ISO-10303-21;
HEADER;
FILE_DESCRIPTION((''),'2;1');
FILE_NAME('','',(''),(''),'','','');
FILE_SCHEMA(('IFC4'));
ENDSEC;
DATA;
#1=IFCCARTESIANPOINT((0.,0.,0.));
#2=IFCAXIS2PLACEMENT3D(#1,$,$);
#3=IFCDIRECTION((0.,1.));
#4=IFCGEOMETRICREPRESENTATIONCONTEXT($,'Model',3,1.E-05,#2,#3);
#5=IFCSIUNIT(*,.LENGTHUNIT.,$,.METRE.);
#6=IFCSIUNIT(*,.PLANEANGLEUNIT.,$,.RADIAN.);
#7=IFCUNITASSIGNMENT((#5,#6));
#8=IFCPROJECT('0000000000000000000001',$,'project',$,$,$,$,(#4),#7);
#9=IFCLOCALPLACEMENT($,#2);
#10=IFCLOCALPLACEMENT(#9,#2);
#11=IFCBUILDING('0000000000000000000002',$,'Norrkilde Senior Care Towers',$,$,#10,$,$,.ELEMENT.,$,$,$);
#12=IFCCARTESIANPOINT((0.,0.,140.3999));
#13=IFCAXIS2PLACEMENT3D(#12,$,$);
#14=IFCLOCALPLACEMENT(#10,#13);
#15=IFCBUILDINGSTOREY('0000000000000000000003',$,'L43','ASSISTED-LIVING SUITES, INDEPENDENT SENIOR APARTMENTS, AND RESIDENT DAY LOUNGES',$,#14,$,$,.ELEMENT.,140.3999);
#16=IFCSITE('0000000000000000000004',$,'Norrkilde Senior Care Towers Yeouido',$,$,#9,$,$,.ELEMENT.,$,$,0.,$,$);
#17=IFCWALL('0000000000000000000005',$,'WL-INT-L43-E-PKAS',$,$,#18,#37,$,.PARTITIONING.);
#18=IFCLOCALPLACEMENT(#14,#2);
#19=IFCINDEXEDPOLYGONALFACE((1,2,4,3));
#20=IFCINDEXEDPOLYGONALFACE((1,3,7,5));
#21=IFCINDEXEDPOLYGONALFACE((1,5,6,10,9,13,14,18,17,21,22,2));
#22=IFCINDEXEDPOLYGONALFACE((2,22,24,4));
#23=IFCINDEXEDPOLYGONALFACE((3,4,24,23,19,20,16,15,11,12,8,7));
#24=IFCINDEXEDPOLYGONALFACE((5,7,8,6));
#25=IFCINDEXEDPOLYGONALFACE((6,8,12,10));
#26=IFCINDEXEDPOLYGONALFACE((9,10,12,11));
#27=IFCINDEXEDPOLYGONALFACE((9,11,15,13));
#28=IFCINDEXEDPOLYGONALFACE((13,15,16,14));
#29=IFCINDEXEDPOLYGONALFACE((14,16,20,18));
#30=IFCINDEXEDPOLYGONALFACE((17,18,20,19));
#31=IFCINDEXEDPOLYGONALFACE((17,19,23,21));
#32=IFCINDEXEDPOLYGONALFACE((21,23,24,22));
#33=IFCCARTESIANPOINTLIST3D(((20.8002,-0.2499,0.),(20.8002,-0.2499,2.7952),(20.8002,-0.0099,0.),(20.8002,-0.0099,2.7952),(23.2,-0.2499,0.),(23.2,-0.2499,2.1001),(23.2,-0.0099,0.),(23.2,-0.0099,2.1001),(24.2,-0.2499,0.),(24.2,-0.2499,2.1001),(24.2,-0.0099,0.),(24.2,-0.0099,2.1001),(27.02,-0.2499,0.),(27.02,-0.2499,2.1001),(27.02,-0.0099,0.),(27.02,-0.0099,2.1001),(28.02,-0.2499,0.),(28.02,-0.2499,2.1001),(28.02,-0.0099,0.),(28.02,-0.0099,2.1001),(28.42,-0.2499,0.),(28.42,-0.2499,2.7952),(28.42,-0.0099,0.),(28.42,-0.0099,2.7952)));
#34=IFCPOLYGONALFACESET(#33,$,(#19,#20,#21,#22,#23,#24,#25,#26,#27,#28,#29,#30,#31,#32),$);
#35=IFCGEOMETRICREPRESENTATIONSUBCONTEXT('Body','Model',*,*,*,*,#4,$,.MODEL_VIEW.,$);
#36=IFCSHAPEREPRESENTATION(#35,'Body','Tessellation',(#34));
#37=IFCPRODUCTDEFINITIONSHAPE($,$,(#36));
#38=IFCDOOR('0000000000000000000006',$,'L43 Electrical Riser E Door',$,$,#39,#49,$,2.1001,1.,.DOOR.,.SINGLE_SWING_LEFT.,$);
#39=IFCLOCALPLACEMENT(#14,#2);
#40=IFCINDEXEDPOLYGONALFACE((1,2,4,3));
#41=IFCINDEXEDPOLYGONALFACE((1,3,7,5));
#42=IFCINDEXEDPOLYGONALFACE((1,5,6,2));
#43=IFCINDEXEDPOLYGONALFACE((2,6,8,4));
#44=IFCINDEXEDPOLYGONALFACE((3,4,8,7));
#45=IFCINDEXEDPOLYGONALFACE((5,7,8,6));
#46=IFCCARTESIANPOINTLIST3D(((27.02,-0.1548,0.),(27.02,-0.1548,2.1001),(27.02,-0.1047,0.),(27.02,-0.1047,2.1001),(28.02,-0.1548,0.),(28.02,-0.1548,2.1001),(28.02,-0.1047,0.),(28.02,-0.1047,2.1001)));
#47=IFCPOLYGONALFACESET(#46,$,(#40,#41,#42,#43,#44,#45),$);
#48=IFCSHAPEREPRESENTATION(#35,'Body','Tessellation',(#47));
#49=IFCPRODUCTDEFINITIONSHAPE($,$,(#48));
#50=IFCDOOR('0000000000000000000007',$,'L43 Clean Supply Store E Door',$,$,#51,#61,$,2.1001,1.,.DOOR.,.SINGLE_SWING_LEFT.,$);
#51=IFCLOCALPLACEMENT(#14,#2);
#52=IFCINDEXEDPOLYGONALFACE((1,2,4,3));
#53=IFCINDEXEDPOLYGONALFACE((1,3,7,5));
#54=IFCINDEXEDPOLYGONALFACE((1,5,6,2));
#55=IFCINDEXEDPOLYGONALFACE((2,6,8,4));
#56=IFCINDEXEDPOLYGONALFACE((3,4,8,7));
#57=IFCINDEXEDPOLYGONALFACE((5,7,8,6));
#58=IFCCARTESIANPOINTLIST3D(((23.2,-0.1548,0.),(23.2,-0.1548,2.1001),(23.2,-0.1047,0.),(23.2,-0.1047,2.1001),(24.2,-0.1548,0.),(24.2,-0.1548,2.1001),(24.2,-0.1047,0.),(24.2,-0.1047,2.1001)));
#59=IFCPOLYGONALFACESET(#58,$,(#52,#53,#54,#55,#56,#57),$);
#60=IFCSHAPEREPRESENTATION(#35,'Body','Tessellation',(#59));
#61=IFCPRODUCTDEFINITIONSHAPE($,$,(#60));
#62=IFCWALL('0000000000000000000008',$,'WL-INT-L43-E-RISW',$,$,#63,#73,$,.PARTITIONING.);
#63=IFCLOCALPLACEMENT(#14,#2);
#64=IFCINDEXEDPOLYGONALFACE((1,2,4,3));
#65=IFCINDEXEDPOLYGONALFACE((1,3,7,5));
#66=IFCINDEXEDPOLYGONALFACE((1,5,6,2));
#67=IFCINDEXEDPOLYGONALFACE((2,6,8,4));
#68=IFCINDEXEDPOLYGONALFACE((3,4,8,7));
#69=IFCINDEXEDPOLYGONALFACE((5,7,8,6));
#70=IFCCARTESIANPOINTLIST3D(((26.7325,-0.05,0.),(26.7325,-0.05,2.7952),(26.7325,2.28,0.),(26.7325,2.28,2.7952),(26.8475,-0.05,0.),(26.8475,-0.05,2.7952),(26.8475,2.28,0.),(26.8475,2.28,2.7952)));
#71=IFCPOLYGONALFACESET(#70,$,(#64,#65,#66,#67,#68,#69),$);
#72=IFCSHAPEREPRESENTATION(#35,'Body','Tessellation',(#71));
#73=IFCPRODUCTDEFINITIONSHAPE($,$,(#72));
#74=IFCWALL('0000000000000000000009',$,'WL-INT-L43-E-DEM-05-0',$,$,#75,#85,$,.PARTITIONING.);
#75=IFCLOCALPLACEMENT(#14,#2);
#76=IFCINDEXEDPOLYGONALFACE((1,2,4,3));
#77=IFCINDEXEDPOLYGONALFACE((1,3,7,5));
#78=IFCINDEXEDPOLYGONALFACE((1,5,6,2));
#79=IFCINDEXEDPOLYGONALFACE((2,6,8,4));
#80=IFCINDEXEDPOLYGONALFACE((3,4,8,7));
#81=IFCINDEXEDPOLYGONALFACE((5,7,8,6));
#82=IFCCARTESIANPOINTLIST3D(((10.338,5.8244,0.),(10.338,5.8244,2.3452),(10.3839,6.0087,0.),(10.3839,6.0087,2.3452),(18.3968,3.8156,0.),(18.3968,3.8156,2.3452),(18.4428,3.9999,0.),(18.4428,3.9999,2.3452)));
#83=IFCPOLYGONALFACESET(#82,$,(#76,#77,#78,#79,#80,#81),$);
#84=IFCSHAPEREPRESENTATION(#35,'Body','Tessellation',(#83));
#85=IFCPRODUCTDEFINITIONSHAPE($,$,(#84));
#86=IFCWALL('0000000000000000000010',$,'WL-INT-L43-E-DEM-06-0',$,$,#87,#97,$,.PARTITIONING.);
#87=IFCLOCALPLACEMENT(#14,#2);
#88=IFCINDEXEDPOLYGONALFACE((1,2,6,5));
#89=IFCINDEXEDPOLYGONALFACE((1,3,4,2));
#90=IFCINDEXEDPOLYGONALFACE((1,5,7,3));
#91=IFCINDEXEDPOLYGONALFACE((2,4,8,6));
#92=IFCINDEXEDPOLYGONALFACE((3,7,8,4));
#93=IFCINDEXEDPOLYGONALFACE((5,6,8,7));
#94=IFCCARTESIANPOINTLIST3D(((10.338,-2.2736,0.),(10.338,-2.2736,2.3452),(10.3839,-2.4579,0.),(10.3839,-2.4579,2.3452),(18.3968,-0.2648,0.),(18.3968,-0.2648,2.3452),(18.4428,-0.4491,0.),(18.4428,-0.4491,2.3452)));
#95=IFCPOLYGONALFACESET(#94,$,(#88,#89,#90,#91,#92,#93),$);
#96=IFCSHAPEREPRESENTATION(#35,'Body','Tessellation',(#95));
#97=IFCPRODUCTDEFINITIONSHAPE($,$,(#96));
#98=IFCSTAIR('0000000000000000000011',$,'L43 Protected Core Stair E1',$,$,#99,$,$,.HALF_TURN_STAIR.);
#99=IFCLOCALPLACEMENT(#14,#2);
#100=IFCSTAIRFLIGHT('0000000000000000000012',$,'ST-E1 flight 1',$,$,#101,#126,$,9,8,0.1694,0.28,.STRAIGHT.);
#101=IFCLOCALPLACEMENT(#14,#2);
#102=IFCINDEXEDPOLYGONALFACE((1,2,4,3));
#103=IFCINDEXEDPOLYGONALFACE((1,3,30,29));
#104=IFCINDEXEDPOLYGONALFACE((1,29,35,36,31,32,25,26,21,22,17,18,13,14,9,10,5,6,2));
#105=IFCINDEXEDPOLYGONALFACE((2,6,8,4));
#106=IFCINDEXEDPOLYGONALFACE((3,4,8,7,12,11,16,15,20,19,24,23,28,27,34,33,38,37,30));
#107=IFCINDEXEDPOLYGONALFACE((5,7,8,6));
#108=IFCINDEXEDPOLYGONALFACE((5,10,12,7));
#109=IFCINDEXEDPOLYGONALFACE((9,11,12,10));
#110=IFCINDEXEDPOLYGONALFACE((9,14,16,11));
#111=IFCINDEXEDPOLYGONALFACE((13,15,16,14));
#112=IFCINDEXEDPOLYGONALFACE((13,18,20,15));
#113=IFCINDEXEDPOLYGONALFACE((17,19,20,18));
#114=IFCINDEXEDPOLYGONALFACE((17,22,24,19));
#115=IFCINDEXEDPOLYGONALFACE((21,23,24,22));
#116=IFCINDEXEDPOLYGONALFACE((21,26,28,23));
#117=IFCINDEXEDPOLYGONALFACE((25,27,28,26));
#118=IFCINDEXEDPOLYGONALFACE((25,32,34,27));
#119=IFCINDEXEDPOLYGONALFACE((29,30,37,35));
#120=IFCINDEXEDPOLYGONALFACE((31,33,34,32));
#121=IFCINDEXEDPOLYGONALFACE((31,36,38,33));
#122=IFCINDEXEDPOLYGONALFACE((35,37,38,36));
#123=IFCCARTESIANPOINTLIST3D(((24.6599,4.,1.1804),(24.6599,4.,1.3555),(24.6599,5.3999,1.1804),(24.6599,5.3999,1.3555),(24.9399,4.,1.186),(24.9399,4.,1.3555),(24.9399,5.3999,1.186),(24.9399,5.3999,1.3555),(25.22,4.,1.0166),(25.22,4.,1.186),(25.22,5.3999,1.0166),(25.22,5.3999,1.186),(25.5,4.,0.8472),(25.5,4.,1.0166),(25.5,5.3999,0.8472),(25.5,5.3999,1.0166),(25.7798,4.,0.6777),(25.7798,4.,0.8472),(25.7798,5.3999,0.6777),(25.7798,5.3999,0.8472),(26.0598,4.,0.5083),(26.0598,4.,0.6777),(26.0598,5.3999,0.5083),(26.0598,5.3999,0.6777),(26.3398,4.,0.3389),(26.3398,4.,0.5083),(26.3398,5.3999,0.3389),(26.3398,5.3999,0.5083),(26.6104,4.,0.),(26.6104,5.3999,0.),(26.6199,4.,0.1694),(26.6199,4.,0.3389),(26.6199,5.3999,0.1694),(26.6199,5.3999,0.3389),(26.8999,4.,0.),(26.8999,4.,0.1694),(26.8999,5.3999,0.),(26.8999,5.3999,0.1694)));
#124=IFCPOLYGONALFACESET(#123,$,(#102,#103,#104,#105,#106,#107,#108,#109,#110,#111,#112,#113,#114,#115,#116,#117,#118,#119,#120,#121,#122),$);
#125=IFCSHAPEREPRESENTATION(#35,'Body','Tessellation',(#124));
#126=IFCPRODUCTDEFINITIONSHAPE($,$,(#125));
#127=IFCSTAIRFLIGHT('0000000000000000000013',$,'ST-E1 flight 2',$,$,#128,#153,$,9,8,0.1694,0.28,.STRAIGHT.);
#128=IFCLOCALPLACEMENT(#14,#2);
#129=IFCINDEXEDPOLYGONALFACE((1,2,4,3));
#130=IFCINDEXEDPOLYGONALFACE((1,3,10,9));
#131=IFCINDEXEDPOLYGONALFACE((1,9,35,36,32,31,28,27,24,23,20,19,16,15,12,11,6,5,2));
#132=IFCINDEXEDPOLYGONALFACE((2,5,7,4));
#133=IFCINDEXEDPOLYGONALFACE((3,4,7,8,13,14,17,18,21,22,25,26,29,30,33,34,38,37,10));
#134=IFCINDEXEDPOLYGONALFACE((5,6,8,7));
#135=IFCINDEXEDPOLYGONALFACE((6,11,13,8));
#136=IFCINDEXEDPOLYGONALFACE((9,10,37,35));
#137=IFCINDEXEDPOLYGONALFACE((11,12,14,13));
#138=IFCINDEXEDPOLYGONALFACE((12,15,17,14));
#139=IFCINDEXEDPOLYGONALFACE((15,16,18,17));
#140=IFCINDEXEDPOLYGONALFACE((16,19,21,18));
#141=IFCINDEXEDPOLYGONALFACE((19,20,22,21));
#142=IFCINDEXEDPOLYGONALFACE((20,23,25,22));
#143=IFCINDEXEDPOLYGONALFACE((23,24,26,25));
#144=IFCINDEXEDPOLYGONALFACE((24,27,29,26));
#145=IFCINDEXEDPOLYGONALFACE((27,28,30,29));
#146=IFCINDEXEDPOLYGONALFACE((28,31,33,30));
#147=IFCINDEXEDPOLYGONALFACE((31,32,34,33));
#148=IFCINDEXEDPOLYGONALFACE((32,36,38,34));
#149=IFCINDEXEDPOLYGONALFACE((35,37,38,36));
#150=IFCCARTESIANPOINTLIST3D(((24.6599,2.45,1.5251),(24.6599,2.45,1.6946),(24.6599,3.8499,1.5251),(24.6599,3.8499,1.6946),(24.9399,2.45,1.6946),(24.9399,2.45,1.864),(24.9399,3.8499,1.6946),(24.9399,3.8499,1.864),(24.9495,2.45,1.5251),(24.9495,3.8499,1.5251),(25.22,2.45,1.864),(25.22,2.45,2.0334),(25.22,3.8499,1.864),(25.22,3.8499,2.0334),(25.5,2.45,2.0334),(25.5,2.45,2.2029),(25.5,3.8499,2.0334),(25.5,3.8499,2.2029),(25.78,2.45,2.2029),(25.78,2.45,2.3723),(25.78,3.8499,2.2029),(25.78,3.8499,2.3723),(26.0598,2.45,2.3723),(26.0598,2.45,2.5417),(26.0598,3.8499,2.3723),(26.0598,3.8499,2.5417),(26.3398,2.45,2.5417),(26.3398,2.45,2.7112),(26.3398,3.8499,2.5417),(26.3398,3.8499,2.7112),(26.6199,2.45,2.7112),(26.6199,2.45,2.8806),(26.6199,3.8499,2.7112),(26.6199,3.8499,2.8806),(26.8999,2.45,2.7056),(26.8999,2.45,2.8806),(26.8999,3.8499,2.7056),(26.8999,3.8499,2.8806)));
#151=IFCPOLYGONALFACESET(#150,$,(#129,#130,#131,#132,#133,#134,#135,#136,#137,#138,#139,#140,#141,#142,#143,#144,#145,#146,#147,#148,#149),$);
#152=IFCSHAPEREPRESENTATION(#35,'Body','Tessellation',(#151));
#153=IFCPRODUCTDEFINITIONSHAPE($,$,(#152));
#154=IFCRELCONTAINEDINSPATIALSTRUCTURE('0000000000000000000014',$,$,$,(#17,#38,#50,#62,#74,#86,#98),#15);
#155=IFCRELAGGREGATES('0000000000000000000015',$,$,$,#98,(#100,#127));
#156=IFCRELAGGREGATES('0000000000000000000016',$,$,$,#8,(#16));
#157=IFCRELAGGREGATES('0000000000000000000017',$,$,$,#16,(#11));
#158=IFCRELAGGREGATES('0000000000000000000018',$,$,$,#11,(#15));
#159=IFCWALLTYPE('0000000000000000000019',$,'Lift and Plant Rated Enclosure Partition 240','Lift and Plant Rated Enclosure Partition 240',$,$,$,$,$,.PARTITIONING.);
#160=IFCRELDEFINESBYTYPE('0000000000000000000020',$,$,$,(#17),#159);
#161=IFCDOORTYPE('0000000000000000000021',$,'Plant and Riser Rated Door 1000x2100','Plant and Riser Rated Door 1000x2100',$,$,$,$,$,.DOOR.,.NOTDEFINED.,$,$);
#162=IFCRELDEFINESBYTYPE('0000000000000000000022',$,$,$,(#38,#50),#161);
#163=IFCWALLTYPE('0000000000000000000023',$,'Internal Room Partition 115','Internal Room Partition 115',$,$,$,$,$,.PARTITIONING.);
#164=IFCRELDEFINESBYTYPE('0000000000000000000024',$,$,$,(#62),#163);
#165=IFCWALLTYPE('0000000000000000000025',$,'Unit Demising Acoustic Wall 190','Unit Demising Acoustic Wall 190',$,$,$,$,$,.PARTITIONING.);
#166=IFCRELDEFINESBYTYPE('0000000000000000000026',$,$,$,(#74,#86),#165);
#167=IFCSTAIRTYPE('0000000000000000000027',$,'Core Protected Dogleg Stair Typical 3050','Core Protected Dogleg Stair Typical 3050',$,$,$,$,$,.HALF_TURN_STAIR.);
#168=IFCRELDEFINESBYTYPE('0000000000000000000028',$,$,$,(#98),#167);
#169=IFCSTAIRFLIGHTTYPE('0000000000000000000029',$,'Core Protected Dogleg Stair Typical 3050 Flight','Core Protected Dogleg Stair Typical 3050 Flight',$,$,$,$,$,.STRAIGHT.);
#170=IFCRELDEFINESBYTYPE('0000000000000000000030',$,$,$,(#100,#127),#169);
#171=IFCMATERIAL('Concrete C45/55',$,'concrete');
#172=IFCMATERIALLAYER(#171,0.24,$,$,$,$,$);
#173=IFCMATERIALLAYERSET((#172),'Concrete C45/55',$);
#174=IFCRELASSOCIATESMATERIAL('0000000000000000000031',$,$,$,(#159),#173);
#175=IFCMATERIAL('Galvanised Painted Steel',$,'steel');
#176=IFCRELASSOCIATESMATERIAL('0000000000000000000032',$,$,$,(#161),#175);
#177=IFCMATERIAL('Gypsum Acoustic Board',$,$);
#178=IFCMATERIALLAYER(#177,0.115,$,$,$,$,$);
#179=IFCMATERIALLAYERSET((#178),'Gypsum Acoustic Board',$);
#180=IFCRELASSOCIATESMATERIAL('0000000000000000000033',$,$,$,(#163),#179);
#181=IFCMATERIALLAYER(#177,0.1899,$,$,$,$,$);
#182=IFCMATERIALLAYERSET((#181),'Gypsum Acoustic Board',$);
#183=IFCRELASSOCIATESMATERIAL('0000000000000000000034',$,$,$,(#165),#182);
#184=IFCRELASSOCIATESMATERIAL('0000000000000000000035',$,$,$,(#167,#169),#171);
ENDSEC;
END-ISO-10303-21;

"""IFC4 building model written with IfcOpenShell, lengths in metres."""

from ifc_helpers import new_model, si_unit, direction, frame, frame_2d, origin, place, context, subcontext, project, spatial, polyline, rectangle, outline, extrude, source, transform, mapped, material, layer, layer_set, type_object, type_shapes, element, fill, aggregate, save


model = new_model("IFC4")

# Units and contexts
model_context = context("Model", 3, precision=1e-05, world=origin(), true_north=direction((0.0, 1.0)))
body_context = subcontext(model_context, "Body", "Model", "MODEL_VIEW")
ifc_project = project(units=[si_unit("LENGTHUNIT", "METRE"), si_unit("PLANEANGLEUNIT", "RADIAN")], contexts=[model_context])

# Site, building, storey
site_placement = place(None, origin())
site = spatial("IfcSite", under=ifc_project, at=site_placement, Name="Norrkilde Senior Care Towers Yeouido", CompositionType="ELEMENT", RefElevation=0.0)
building_placement = place(site_placement, origin())
building = spatial("IfcBuilding", under=site, at=building_placement, Name="Norrkilde Senior Care Towers", CompositionType="ELEMENT")
storey_placement = place(building_placement, frame((0.0, 0.0, 140.3999)))
storey = spatial("IfcBuildingStorey", under=building, at=storey_placement, Name="L43", Description="ASSISTED-LIVING SUITES, INDEPENDENT SENIOR APARTMENTS, AND RESIDENT DAY LOUNGES", CompositionType="ELEMENT", Elevation=140.3999)

# Shared definitions
ifc_material_1 = material(Name="Concrete C45/55", Category="concrete")

# Wall, openings, doors
ifc_layer_1 = layer(ifc_material_1, 0.24)
ifc_layer_set_1 = layer_set([ifc_layer_1], Name="Concrete C45/55")
wall_type_1 = type_object("IfcWallType", Name="Lift and Plant Rated Enclosure Partition 240", Description="Lift and Plant Rated Enclosure Partition 240", PredefinedType="PARTITIONING", material=ifc_layer_set_1)
shared_shape_1 = source(origin(), body_context, "Body", "SweptSolid", [
    extrude(rectangle(XDim=7.6199, YDim=0.24, at=frame_2d((3.8101, 0.0))), origin(), (0.0, 0.0, 1.0), 2.7952),
])
type_shapes(wall_type_1, [shared_shape_1])
wall_1_placement = place(storey_placement, frame((20.8, -0.1299, 0.0), z_axis=(0.0, 0.0, 1.0), x_axis=(1.0, 0.0, 0.0)))
wall_1 = element("IfcWall", 1, at=wall_1_placement, inside=storey, type_object=wall_type_1, Name="WL-INT-L43-E-PKAS", PredefinedType="PARTITIONING", context=body_context, shape_type="MappedRepresentation", body=[
    mapped(shared_shape_1, transform((0.0, 0.0, 0.0), x_axis=(1.0, 0.0, 0.0), y_axis=(0.0, 1.0, 0.0), z_axis=(0.0, 0.0, 1.0), scale=1.0)),
])
opening_1_placement = place(wall_1_placement, frame((6.22, 0.0, 0.0)))
opening_1 = element("IfcOpeningElement", 2, at=opening_1_placement, cuts=wall_1, PredefinedType="OPENING", context=body_context, shape_type="SweptSolid", body=[
    extrude(rectangle(XDim=1.0, YDim=2.1001, at=frame_2d((0.5, 1.05))), frame((0.0, 0.1299, 0.0), z_axis=(0.0, -1.0, 0.0), x_axis=(1.0, 0.0, 0.0)), (0.0, 0.0, 1.0), 0.26),
])
opening_2_placement = place(wall_1_placement, frame((2.3999, 0.0, 0.0)))
opening_2 = element("IfcOpeningElement", 3, at=opening_2_placement, cuts=wall_1, PredefinedType="OPENING", context=body_context, shape_type="SweptSolid", body=[
    extrude(rectangle(XDim=1.0, YDim=2.1001, at=frame_2d((0.5, 1.05))), frame((0.0, 0.1299, 0.0), z_axis=(0.0, -1.0, 0.0), x_axis=(1.0, 0.0, 0.0)), (0.0, 0.0, 1.0), 0.26),
])
ifc_material_2 = material(Name="Galvanised Painted Steel", Category="steel")
door_type = type_object("IfcDoorType", Name="Plant and Riser Rated Door 1000x2100", Description="Plant and Riser Rated Door 1000x2100", OperationType="NOTDEFINED", PredefinedType="DOOR", material=ifc_material_2)
shared_shape_2 = source(origin(), body_context, "Body", "SweptSolid", [
    extrude(rectangle(XDim=1.0, YDim=2.1001, at=frame_2d((0.5, 1.05))), frame((0.0, 0.0249, 0.0), z_axis=(0.0, -1.0, 0.0), x_axis=(1.0, 0.0, 0.0)), (0.0, 0.0, 1.0), 0.05),
])
type_shapes(door_type, [shared_shape_2])
door_1_placement = place(opening_1_placement, frame((1.0, 0.0, 0.0), z_axis=(0.0, 0.0, 1.0), x_axis=(-1.0, 0.0, 0.0)))
door_1 = element("IfcDoor", 4, at=door_1_placement, inside=storey, type_object=door_type, Name="L43 Electrical Riser E Door", OperationType="SINGLE_SWING_LEFT", OverallHeight=2.1001, OverallWidth=1.0, PredefinedType="DOOR", context=body_context, shape_type="MappedRepresentation", body=[
    mapped(shared_shape_2, transform((0.0, 0.0, 0.0), x_axis=(1.0, 0.0, 0.0), y_axis=(0.0, 1.0, 0.0), z_axis=(0.0, 0.0, 1.0), scale=1.0)),
])
fill(opening_1, door_1)
door_2_placement = place(opening_2_placement, frame((1.0, 0.0, 0.0), z_axis=(0.0, 0.0, 1.0), x_axis=(-1.0, 0.0, 0.0)))
door_2 = element("IfcDoor", 5, at=door_2_placement, inside=storey, type_object=door_type, Name="L43 Clean Supply Store E Door", OperationType="SINGLE_SWING_LEFT", OverallHeight=2.1001, OverallWidth=1.0, PredefinedType="DOOR", context=body_context, shape_type="MappedRepresentation", body=[
    mapped(shared_shape_2, transform((0.0, 0.0, 0.0), x_axis=(1.0, 0.0, 0.0), y_axis=(0.0, 1.0, 0.0), z_axis=(0.0, 0.0, 1.0), scale=1.0)),
])
fill(opening_2, door_2)

# Walls
ifc_material_3 = material(Name="Gypsum Acoustic Board")
ifc_layer_2 = layer(ifc_material_3, 0.115)
ifc_layer_set_2 = layer_set([ifc_layer_2], Name="Gypsum Acoustic Board")
wall_type_2 = type_object("IfcWallType", Name="Internal Room Partition 115", Description="Internal Room Partition 115", PredefinedType="PARTITIONING", material=ifc_layer_set_2)
shared_shape_3 = source(origin(), body_context, "Body", "SweptSolid", [
    extrude(rectangle(XDim=2.3301, YDim=0.115, at=frame_2d((1.165, 0.0))), origin(), (0.0, 0.0, 1.0), 2.7952),
])
type_shapes(wall_type_2, [shared_shape_3])
wall_2_placement = place(storey_placement, frame((26.79, -0.05, 0.0), z_axis=(0.0, 0.0, 1.0), x_axis=(0.0, 1.0, 0.0)))
element("IfcWall", 6, at=wall_2_placement, inside=storey, type_object=wall_type_2, Name="WL-INT-L43-E-RISW", PredefinedType="PARTITIONING", context=body_context, shape_type="MappedRepresentation", body=[
    mapped(shared_shape_3, transform((0.0, 0.0, 0.0), x_axis=(1.0, 0.0, 0.0), y_axis=(0.0, 1.0, 0.0), z_axis=(0.0, 0.0, 1.0), scale=1.0)),
])
ifc_layer_3 = layer(ifc_material_3, 0.1899)
ifc_layer_set_3 = layer_set([ifc_layer_3], Name="Gypsum Acoustic Board")
wall_type_3 = type_object("IfcWallType", Name="Unit Demising Acoustic Wall 190", Description="Unit Demising Acoustic Wall 190", PredefinedType="PARTITIONING", material=ifc_layer_set_3)
shared_shape_4 = source(origin(), body_context, "Body", "SweptSolid", [
    extrude(rectangle(XDim=8.3054, YDim=0.1899, at=frame_2d((4.1528, 0.0))), origin(), (0.0, 0.0, 1.0), 2.3452),
])
type_shapes(wall_type_3, [shared_shape_4])
for number, where, z_axis, x_axis, name in (
    (7, (18.4199, 3.9077, 0.0), (0.0, 0.0, 1.0), (-0.97031, 0.241865, 0.0), "WL-INT-L43-E-DEM-05-0"),
    (8, (18.4199, -0.3569, 0.0), (0.0, 0.0, 1.0), (-0.97031, -0.241865, 0.0), "WL-INT-L43-E-DEM-06-0"),
):
    element("IfcWall", number, at=place(storey_placement, frame(where, z_axis=z_axis, x_axis=x_axis)), inside=storey, type_object=wall_type_3, Name=name, PredefinedType="PARTITIONING", context=body_context, shape_type="MappedRepresentation", body=[
        mapped(shared_shape_4, transform((0.0, 0.0, 0.0), x_axis=(1.0, 0.0, 0.0), y_axis=(0.0, 1.0, 0.0), z_axis=(0.0, 0.0, 1.0), scale=1.0)),
    ])

# Stair, stair flights
stair_type = type_object("IfcStairType", Name="Core Protected Dogleg Stair Typical 3050", Description="Core Protected Dogleg Stair Typical 3050", PredefinedType="HALF_TURN_STAIR", material=ifc_material_1)
stair_placement = place(storey_placement, origin())
stair = element("IfcStair", 9, at=stair_placement, inside=storey, type_object=stair_type, Name="L43 Protected Core Stair E1", PredefinedType="HALF_TURN_STAIR")
stair_flight_type = type_object("IfcStairFlightType", Name="Core Protected Dogleg Stair Typical 3050 Flight", Description="Core Protected Dogleg Stair Typical 3050 Flight", PredefinedType="STRAIGHT", material=ifc_material_1)
stair_flight_1_placement = place(storey_placement, frame((26.8999, 4.7, 0.0), z_axis=(0.0, 0.0, 1.0), x_axis=(-1.0, 0.0, 0.0)))
stair_flight_1 = element("IfcStairFlight", 10, at=stair_flight_1_placement, type_object=stair_flight_type, Name="ST-E1 flight 1", NumberOfRisers=9, NumberOfTreads=8, PredefinedType="STRAIGHT", RiserHeight=0.1694, TreadLength=0.28, context=body_context, shape_type="SweptSolid", body=[
    extrude(outline(polyline([(0.0, 0.0), (0.0, 0.1694), (0.28, 0.1694), (0.28, 0.3389), (0.5601, 0.3389), (0.5601, 0.5083), (0.8401, 0.5083), (0.8401, 0.6777), (1.1201, 0.6777), (1.1201, 0.8472), (1.3999, 0.8472), (1.3999, 1.0166), (1.6799, 1.0166), (1.6799, 1.186), (1.96, 1.186), (1.96, 1.3555), (2.24, 1.3555), (2.24, 1.5249), (2.24, 1.1804), (0.2896, 0.0), (0.0, 0.0)])), frame((0.0, 0.7, 0.0), z_axis=(0.0, -1.0, 0.0), x_axis=(1.0, 0.0, 0.0)), (0.0, 0.0, 1.0), 1.3999),
])
stair_flight_2_placement = place(storey_placement, frame((24.6599, 3.1499, 1.5251), z_axis=(0.0, 0.0, 1.0), x_axis=(1.0, 0.0, 0.0)))
stair_flight_2 = element("IfcStairFlight", 11, at=stair_flight_2_placement, type_object=stair_flight_type, Name="ST-E1 flight 2", NumberOfRisers=9, NumberOfTreads=8, PredefinedType="STRAIGHT", RiserHeight=0.1694, TreadLength=0.28, context=body_context, shape_type="SweptSolid", body=[
    extrude(outline(polyline([(0.0, 0.0), (0.0, 0.1694), (0.28, 0.1694), (0.28, 0.3389), (0.5601, 0.3389), (0.5601, 0.5083), (0.8401, 0.5083), (0.8401, 0.6777), (1.1201, 0.6777), (1.1201, 0.8472), (1.3999, 0.8472), (1.3999, 1.0166), (1.6799, 1.0166), (1.6799, 1.186), (1.96, 1.186), (1.96, 1.3555), (2.24, 1.3555), (2.24, 1.5249), (2.24, 1.1804), (0.2896, 0.0), (0.0, 0.0)])), frame((0.0, 0.7, 0.0), z_axis=(0.0, -1.0, 0.0), x_axis=(1.0, 0.0, 0.0)), (0.0, 0.0, 1.0), 1.3999),
])
aggregate(stair, [stair_flight_1, stair_flight_2])

save(model, "model.ifc")
